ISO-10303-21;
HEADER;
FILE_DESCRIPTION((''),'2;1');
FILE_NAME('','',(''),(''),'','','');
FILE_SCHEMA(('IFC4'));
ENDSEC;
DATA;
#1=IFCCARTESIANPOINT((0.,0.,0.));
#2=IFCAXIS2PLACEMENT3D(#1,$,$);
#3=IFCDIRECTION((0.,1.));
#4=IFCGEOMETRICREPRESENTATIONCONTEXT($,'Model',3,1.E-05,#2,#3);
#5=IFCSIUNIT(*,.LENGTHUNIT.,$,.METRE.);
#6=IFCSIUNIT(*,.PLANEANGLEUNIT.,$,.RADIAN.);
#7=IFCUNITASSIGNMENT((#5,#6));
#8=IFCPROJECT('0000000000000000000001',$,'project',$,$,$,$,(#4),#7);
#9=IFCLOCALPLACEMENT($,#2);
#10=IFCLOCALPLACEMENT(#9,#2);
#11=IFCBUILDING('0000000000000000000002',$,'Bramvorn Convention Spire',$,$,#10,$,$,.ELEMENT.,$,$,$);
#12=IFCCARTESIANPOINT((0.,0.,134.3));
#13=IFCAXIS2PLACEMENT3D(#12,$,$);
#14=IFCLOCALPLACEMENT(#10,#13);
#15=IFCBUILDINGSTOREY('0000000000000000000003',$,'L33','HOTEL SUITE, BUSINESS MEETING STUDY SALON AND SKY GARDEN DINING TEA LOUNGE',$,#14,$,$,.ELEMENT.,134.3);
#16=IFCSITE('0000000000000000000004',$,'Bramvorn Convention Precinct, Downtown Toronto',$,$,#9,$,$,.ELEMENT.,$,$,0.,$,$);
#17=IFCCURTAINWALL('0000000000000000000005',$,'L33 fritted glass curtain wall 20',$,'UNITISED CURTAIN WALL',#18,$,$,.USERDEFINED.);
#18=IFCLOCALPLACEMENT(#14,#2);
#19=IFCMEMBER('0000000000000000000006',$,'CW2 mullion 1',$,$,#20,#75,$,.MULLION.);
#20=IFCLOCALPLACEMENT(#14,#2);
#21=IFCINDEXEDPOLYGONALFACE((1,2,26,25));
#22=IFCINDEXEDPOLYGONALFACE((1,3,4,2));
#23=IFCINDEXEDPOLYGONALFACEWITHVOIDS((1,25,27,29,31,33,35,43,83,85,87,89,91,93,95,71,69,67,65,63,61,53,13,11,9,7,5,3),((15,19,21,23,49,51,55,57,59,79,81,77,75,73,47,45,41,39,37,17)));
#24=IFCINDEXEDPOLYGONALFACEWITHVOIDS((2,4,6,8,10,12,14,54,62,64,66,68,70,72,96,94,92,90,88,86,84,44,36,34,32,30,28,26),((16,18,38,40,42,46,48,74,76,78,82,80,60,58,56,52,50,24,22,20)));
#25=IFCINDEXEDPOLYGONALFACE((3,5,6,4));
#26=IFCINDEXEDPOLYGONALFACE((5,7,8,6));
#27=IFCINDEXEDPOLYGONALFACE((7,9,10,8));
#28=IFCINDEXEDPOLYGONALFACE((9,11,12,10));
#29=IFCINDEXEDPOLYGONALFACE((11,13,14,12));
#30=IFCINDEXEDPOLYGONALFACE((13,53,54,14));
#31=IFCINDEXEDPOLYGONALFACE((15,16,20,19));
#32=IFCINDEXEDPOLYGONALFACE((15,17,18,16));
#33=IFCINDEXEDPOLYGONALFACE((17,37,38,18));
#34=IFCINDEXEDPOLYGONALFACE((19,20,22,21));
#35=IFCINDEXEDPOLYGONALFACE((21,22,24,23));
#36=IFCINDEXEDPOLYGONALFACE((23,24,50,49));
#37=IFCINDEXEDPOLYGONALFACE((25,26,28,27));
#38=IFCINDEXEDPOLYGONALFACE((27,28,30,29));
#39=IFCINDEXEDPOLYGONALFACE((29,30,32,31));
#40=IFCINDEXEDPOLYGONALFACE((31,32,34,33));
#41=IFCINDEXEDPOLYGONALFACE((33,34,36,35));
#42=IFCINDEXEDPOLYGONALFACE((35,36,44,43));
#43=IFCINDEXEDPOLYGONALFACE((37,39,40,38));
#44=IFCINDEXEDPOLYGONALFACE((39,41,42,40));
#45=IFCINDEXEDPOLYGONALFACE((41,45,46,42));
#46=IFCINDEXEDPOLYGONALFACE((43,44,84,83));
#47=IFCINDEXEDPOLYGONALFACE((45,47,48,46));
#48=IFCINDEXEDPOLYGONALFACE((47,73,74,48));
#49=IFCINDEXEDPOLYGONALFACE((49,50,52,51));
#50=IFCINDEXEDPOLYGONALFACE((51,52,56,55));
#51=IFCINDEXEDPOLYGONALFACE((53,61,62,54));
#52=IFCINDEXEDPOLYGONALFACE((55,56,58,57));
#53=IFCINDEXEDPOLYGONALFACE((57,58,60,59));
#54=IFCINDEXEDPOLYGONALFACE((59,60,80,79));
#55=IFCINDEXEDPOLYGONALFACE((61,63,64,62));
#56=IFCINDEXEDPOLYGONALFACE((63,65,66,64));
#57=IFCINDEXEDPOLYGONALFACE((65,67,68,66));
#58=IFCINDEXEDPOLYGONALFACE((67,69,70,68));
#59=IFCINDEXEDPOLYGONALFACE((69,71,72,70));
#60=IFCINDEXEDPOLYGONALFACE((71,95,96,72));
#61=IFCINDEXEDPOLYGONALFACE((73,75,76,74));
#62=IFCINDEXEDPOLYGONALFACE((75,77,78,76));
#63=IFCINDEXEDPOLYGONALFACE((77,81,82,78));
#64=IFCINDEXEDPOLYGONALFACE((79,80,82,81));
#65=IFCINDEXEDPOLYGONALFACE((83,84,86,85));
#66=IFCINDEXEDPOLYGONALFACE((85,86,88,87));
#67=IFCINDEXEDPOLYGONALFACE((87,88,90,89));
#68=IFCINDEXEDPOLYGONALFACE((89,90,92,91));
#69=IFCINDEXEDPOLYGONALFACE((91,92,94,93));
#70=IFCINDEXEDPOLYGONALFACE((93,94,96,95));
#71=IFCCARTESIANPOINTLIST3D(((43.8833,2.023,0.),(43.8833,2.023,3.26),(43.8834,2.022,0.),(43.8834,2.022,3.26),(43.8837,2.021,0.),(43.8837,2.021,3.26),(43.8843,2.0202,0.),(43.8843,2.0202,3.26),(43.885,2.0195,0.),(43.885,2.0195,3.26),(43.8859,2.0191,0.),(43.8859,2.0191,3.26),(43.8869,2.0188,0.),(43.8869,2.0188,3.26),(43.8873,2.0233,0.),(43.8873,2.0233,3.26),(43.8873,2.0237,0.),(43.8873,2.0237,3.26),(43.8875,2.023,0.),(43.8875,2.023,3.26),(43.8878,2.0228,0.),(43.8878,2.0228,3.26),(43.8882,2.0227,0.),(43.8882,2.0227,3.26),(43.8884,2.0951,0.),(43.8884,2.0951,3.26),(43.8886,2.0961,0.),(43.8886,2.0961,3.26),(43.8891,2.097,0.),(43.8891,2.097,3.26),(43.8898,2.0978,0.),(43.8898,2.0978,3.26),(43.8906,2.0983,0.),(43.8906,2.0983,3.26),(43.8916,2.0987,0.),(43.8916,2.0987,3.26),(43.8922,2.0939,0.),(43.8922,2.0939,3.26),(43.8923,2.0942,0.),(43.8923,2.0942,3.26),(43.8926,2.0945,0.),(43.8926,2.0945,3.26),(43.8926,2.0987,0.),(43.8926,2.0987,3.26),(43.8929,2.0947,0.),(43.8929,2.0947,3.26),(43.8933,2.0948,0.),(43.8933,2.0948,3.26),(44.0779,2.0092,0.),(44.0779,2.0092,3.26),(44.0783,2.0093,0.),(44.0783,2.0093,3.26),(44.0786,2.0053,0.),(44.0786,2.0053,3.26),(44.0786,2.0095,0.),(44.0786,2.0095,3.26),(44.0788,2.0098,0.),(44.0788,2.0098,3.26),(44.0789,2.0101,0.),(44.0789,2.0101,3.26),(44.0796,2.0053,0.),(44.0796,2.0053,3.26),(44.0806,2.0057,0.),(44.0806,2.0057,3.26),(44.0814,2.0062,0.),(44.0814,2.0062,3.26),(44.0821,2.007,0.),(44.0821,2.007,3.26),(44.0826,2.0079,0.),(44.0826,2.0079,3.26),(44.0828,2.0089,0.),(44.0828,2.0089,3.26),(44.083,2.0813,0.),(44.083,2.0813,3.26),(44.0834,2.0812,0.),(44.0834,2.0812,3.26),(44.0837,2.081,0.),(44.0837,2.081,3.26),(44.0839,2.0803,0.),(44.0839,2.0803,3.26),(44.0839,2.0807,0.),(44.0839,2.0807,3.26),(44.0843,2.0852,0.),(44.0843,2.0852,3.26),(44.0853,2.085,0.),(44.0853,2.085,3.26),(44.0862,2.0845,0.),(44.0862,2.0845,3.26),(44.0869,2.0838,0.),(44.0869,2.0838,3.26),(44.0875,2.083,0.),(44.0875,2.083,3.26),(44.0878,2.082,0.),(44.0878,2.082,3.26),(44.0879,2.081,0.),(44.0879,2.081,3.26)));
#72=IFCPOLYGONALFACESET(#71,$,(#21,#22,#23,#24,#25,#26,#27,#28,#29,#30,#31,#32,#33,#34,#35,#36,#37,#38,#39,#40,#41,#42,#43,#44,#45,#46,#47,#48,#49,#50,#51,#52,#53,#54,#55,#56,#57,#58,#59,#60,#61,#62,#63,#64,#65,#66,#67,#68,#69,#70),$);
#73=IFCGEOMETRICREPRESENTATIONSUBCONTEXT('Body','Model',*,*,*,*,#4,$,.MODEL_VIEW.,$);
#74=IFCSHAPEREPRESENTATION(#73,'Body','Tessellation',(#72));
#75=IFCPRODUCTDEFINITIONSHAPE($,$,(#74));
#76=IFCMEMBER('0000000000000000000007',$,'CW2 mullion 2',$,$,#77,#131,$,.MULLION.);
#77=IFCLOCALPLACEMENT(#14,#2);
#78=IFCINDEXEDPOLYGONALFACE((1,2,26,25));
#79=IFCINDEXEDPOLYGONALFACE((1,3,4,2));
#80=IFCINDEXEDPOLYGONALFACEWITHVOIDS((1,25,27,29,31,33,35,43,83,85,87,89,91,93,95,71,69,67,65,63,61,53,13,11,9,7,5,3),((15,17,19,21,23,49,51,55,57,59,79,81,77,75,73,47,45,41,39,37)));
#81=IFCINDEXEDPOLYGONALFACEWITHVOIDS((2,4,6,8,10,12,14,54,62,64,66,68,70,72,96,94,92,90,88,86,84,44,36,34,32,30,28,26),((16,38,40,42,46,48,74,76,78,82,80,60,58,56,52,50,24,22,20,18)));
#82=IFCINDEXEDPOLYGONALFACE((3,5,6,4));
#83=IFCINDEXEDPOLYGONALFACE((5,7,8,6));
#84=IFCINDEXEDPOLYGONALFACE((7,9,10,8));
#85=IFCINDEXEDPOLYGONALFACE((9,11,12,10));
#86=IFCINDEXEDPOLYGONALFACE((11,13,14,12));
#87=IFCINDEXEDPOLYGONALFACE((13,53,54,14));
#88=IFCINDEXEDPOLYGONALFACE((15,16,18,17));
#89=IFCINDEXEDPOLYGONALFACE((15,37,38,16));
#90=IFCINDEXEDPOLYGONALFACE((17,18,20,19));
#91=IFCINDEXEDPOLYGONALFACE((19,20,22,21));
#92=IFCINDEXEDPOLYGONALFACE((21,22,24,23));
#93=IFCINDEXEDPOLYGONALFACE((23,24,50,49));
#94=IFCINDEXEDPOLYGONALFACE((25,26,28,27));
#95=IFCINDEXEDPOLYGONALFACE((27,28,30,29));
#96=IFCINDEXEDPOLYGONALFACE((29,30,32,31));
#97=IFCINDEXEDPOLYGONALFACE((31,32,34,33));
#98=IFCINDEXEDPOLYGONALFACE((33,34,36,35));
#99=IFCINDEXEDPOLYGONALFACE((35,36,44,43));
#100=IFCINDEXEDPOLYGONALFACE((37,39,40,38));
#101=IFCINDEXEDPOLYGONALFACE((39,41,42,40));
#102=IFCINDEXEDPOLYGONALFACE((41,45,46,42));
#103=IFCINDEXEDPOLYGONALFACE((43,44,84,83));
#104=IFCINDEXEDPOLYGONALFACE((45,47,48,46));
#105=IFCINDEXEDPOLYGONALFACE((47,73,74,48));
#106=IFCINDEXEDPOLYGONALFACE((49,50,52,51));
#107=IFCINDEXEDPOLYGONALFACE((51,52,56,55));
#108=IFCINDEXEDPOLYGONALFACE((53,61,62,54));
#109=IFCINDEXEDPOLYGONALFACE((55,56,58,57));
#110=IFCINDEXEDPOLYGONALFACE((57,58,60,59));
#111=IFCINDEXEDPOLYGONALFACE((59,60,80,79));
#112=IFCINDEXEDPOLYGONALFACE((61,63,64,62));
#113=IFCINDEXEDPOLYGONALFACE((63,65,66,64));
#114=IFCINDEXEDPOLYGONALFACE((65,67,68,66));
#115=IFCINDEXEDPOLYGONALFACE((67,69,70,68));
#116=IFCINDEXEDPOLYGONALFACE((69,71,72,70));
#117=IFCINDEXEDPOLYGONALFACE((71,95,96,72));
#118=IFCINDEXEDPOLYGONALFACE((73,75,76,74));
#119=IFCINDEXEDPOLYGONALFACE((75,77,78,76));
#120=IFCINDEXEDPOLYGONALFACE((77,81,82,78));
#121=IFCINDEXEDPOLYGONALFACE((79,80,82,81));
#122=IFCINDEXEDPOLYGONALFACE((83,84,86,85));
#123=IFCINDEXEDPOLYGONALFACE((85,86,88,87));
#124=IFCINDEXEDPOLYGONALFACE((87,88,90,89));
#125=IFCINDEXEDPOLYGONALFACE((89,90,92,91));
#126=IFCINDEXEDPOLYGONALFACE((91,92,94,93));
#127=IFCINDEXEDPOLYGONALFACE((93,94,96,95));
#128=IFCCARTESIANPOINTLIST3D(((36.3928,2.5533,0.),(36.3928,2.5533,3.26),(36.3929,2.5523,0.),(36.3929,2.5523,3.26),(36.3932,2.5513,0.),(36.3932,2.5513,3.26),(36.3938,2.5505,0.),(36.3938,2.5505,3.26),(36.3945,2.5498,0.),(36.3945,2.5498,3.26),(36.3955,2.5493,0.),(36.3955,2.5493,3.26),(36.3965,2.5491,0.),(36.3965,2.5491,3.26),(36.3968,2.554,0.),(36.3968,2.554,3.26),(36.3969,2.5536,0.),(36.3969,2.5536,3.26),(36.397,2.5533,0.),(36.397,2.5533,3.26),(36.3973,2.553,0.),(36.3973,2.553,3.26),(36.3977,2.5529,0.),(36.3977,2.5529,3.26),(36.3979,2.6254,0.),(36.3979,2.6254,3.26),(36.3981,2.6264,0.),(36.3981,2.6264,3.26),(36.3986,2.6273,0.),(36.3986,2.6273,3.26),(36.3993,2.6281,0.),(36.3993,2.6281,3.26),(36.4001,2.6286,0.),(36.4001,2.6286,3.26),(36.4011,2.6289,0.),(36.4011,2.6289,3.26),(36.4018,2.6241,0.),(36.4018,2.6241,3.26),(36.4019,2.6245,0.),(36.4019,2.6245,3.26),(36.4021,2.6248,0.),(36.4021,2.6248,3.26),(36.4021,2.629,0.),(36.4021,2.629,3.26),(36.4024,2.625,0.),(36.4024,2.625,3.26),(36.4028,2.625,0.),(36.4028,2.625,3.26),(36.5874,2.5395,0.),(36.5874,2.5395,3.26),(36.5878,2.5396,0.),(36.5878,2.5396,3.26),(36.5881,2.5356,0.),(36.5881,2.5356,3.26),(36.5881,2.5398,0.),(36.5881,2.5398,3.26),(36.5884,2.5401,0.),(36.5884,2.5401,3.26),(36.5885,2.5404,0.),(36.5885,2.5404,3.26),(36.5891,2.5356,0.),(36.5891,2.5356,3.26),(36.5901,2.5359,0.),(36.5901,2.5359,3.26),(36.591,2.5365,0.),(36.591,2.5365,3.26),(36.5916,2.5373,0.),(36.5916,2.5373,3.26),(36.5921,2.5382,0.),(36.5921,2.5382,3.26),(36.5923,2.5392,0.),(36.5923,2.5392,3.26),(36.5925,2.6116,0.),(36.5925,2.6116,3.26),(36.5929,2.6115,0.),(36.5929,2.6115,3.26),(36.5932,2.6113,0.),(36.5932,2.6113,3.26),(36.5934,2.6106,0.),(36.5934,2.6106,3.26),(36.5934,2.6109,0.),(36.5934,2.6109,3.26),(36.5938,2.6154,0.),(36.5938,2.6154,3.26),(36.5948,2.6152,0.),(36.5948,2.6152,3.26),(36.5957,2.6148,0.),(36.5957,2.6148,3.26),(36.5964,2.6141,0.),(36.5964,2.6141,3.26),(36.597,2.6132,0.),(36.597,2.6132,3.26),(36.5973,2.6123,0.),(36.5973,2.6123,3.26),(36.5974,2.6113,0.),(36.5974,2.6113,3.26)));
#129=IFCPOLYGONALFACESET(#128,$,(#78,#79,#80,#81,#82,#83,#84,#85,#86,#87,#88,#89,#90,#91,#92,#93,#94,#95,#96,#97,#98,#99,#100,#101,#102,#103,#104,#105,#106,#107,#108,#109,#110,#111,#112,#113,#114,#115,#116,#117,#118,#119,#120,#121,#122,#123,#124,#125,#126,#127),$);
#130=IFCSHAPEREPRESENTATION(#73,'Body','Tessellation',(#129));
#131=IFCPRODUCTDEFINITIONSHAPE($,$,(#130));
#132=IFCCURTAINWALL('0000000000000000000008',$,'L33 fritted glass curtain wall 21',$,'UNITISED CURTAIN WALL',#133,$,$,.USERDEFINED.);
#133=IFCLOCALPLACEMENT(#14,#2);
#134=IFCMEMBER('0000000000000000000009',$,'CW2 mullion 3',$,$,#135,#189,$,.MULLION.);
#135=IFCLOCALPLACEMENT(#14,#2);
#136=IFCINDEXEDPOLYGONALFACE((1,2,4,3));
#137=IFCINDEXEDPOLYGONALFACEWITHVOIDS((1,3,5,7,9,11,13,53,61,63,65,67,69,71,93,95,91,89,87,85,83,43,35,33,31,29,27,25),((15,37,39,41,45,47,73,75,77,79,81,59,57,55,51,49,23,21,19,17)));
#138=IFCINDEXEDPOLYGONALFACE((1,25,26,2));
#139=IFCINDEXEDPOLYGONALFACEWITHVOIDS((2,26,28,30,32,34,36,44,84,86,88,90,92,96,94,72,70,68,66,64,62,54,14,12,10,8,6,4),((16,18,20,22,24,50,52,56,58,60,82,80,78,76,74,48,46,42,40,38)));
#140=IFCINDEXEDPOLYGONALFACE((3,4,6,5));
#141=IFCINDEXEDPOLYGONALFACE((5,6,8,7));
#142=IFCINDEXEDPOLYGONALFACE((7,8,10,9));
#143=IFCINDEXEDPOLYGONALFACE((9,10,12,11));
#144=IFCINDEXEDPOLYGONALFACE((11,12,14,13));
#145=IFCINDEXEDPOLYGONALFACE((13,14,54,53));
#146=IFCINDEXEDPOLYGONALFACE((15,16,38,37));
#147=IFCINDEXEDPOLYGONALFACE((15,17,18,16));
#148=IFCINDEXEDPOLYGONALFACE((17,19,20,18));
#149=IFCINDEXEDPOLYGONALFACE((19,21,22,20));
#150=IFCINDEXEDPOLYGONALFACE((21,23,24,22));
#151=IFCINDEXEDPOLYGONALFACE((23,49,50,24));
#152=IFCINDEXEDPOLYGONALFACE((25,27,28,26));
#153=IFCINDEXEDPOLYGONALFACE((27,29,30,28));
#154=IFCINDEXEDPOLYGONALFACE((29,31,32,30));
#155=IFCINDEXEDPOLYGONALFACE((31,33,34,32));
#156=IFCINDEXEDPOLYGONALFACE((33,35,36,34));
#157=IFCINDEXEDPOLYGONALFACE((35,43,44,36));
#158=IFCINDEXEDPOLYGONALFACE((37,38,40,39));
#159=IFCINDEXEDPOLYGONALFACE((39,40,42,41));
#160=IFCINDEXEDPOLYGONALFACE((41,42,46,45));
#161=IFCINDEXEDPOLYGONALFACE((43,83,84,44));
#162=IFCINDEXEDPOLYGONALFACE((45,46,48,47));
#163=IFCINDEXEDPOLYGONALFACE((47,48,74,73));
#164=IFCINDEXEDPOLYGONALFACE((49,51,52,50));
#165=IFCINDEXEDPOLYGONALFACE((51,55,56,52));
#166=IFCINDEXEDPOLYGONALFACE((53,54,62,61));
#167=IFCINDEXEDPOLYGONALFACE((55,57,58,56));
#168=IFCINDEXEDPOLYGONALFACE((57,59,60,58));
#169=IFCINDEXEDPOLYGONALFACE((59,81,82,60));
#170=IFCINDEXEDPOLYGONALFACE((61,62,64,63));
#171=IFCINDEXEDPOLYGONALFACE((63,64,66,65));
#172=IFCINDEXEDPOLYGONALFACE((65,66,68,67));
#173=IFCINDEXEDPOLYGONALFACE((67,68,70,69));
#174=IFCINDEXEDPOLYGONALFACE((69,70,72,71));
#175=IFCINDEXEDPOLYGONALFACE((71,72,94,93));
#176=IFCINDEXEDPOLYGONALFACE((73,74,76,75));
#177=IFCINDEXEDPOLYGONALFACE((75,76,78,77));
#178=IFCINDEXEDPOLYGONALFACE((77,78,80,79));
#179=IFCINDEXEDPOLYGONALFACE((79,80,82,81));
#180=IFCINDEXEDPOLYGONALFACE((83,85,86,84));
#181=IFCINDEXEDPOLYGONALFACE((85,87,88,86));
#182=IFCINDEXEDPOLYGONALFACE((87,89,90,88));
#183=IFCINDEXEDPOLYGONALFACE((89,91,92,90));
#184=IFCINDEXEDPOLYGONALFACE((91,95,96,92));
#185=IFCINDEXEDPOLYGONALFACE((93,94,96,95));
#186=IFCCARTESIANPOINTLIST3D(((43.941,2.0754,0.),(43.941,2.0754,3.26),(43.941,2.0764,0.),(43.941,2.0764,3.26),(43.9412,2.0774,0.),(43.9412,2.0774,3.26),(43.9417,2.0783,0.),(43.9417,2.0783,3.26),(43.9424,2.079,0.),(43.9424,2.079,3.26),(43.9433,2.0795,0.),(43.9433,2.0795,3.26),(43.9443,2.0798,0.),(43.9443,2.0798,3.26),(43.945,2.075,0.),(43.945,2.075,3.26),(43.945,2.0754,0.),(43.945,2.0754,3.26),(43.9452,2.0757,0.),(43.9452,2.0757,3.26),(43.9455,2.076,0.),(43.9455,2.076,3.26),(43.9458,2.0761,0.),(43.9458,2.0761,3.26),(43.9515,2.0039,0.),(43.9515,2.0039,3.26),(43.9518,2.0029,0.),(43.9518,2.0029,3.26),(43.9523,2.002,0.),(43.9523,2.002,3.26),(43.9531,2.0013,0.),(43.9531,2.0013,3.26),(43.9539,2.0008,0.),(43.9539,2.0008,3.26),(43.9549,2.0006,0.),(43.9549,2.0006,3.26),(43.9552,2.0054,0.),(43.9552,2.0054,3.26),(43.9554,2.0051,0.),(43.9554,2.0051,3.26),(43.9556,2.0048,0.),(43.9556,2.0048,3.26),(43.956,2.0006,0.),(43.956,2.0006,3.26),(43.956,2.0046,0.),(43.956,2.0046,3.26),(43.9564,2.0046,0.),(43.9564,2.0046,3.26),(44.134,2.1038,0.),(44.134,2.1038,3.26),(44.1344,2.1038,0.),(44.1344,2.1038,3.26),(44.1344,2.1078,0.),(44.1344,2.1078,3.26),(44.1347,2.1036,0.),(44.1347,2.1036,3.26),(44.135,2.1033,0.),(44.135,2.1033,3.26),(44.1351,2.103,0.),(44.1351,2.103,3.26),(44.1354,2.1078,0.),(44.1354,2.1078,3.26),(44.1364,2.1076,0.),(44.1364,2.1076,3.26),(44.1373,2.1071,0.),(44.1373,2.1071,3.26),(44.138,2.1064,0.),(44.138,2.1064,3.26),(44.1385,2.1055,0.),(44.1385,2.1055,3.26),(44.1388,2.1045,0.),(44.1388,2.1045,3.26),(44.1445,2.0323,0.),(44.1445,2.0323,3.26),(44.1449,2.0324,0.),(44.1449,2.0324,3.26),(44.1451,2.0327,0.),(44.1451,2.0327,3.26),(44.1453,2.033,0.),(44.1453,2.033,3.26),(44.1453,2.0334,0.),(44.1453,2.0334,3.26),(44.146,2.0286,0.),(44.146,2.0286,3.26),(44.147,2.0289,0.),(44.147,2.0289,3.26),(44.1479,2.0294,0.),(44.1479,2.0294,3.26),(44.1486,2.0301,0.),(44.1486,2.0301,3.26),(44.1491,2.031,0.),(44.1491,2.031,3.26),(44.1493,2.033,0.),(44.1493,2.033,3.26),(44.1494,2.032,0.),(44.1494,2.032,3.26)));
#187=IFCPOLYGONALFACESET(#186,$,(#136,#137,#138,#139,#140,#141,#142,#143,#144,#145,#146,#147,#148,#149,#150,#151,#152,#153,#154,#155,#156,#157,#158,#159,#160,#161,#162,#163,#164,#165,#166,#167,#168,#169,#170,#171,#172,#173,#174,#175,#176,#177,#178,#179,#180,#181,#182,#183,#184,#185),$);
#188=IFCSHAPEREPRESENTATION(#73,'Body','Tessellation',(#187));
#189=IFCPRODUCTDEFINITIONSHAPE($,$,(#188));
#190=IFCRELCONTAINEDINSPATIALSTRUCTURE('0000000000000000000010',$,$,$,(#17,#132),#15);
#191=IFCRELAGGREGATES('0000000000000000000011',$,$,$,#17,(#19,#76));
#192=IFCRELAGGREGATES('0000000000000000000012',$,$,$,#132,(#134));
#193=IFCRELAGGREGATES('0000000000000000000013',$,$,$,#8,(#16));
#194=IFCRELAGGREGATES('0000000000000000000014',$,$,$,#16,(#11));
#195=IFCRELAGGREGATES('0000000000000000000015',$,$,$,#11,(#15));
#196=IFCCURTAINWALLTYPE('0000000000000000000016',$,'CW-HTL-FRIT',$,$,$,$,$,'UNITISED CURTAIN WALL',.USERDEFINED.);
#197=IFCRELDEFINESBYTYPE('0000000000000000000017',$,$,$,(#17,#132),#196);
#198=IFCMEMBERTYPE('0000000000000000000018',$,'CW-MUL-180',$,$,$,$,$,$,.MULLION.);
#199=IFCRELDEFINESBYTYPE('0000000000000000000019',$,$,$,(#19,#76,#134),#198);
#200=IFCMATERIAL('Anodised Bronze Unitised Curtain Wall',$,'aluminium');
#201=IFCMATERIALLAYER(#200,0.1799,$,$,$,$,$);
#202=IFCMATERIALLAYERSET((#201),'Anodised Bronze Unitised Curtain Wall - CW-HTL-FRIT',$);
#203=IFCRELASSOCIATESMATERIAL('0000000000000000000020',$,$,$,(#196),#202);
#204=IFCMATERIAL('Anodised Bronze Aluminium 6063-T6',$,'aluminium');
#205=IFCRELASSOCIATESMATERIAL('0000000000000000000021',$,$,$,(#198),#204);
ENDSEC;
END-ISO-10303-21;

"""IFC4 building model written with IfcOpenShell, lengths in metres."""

from ifc_helpers import new_model, si_unit, direction, frame, origin, origin_2d, place, context, subcontext, project, spatial, hollow_rectangle, extrude, material, layer, layer_set, material_profile, profile_set, type_object, element, aggregate, save


model = new_model("IFC4")

# Units and contexts
model_context = context("Model", 3, precision=1e-05, world=origin(), true_north=direction((0.0, 1.0)))
body_context = subcontext(model_context, "Body", "Model", "MODEL_VIEW")
ifc_project = project(units=[si_unit("LENGTHUNIT", "METRE"), si_unit("PLANEANGLEUNIT", "RADIAN")], contexts=[model_context])

# Site, building, storey
site_placement = place(None, origin())
site = spatial("IfcSite", under=ifc_project, at=site_placement, Name="Bramvorn Convention Precinct, Downtown Toronto", CompositionType="ELEMENT", RefElevation=0.0)
building_placement = place(site_placement, origin())
building = spatial("IfcBuilding", under=site, at=building_placement, Name="Bramvorn Convention Spire", CompositionType="ELEMENT")
storey_placement = place(building_placement, frame((0.0, 0.0, 134.3)))
storey = spatial("IfcBuildingStorey", under=building, at=storey_placement, Name="L33", Description="HOTEL SUITE, BUSINESS MEETING STUDY SALON AND SKY GARDEN DINING TEA LOUNGE", CompositionType="ELEMENT", Elevation=134.3)

# Curtain wall, members
ifc_material_1 = material(Name="Anodised Bronze Unitised Curtain Wall", Category="aluminium")
ifc_layer_1 = layer(ifc_material_1, 0.1799)
ifc_layer_set_1 = layer_set([ifc_layer_1], Name="Anodised Bronze Unitised Curtain Wall - CW-HTL-FRIT")
curtain_wall_type = type_object("IfcCurtainWallType", Name="CW-HTL-FRIT", ElementType="UNITISED CURTAIN WALL", PredefinedType="USERDEFINED", material=ifc_layer_set_1)
curtain_wall_1_placement = place(storey_placement, origin())
curtain_wall_1 = element("IfcCurtainWall", 1, at=curtain_wall_1_placement, inside=storey, type_object=curtain_wall_type, Name="L33 fritted glass curtain wall 20", ObjectType="UNITISED CURTAIN WALL", PredefinedType="USERDEFINED")
ifc_material_2 = material(Name="Anodised Bronze Aluminium 6063-T6", Category="aluminium")
ifc_material_profile_1 = material_profile(ifc_material_2, hollow_rectangle(XDim=0.0801, YDim=0.2, WallThickness=0.0039, InnerFilletRadius=0.001, OuterFilletRadius=0.0039, at=origin_2d()))
ifc_profile_set_1 = profile_set([ifc_material_profile_1], Name="Anodised Bronze Aluminium 6063-T6 - CWM80X200")
member_type_1 = type_object("IfcMemberType", Name="CW-MUL-180", PredefinedType="MULLION", material=ifc_profile_set_1)
member_1_placement = place(storey_placement, frame((43.9856, 2.052, 0.0), z_axis=(0.0, 0.0, 1.0), x_axis=(-0.070629, -0.997503, 0.0)))
member_1 = element("IfcMember", 2, at=member_1_placement, type_object=member_type_1, Name="CW2 mullion 1", PredefinedType="MULLION", context=body_context, shape_type="SweptSolid", body=[
    extrude(hollow_rectangle(XDim=0.0801, YDim=0.2, WallThickness=0.0039, InnerFilletRadius=0.001, OuterFilletRadius=0.0039, at=origin_2d()), origin(), (0.0, 0.0, 1.0), 3.26),
])
member_2_placement = place(storey_placement, frame((36.4951, 2.5823, 0.0), z_axis=(0.0, 0.0, 1.0), x_axis=(-0.070629, -0.997503, 0.0)))
member_2 = element("IfcMember", 3, at=member_2_placement, type_object=member_type_1, Name="CW2 mullion 2", PredefinedType="MULLION", context=body_context, shape_type="SweptSolid", body=[
    extrude(hollow_rectangle(XDim=0.0801, YDim=0.2, WallThickness=0.0039, InnerFilletRadius=0.001, OuterFilletRadius=0.0039, at=origin_2d()), origin(), (0.0, 0.0, 1.0), 3.26),
])

# Curtain wall, member
curtain_wall_2_placement = place(storey_placement, origin())
curtain_wall_2 = element("IfcCurtainWall", 4, at=curtain_wall_2_placement, inside=storey, type_object=curtain_wall_type, Name="L33 fritted glass curtain wall 21", ObjectType="UNITISED CURTAIN WALL", PredefinedType="USERDEFINED")
member_3_placement = place(storey_placement, frame((44.0452, 2.0542, 0.0), z_axis=(0.0, 0.0, 1.0), x_axis=(0.145655, -0.989335, 0.0)))
member_3 = element("IfcMember", 5, at=member_3_placement, type_object=member_type_1, Name="CW2 mullion 3", PredefinedType="MULLION", context=body_context, shape_type="SweptSolid", body=[
    extrude(hollow_rectangle(XDim=0.0801, YDim=0.2, WallThickness=0.0039, InnerFilletRadius=0.001, OuterFilletRadius=0.0039, at=origin_2d()), origin(), (0.0, 0.0, 1.0), 3.26),
])

aggregate(curtain_wall_1, [member_1, member_2])
aggregate(curtain_wall_2, [member_3])

save(model, "model.ifc")
